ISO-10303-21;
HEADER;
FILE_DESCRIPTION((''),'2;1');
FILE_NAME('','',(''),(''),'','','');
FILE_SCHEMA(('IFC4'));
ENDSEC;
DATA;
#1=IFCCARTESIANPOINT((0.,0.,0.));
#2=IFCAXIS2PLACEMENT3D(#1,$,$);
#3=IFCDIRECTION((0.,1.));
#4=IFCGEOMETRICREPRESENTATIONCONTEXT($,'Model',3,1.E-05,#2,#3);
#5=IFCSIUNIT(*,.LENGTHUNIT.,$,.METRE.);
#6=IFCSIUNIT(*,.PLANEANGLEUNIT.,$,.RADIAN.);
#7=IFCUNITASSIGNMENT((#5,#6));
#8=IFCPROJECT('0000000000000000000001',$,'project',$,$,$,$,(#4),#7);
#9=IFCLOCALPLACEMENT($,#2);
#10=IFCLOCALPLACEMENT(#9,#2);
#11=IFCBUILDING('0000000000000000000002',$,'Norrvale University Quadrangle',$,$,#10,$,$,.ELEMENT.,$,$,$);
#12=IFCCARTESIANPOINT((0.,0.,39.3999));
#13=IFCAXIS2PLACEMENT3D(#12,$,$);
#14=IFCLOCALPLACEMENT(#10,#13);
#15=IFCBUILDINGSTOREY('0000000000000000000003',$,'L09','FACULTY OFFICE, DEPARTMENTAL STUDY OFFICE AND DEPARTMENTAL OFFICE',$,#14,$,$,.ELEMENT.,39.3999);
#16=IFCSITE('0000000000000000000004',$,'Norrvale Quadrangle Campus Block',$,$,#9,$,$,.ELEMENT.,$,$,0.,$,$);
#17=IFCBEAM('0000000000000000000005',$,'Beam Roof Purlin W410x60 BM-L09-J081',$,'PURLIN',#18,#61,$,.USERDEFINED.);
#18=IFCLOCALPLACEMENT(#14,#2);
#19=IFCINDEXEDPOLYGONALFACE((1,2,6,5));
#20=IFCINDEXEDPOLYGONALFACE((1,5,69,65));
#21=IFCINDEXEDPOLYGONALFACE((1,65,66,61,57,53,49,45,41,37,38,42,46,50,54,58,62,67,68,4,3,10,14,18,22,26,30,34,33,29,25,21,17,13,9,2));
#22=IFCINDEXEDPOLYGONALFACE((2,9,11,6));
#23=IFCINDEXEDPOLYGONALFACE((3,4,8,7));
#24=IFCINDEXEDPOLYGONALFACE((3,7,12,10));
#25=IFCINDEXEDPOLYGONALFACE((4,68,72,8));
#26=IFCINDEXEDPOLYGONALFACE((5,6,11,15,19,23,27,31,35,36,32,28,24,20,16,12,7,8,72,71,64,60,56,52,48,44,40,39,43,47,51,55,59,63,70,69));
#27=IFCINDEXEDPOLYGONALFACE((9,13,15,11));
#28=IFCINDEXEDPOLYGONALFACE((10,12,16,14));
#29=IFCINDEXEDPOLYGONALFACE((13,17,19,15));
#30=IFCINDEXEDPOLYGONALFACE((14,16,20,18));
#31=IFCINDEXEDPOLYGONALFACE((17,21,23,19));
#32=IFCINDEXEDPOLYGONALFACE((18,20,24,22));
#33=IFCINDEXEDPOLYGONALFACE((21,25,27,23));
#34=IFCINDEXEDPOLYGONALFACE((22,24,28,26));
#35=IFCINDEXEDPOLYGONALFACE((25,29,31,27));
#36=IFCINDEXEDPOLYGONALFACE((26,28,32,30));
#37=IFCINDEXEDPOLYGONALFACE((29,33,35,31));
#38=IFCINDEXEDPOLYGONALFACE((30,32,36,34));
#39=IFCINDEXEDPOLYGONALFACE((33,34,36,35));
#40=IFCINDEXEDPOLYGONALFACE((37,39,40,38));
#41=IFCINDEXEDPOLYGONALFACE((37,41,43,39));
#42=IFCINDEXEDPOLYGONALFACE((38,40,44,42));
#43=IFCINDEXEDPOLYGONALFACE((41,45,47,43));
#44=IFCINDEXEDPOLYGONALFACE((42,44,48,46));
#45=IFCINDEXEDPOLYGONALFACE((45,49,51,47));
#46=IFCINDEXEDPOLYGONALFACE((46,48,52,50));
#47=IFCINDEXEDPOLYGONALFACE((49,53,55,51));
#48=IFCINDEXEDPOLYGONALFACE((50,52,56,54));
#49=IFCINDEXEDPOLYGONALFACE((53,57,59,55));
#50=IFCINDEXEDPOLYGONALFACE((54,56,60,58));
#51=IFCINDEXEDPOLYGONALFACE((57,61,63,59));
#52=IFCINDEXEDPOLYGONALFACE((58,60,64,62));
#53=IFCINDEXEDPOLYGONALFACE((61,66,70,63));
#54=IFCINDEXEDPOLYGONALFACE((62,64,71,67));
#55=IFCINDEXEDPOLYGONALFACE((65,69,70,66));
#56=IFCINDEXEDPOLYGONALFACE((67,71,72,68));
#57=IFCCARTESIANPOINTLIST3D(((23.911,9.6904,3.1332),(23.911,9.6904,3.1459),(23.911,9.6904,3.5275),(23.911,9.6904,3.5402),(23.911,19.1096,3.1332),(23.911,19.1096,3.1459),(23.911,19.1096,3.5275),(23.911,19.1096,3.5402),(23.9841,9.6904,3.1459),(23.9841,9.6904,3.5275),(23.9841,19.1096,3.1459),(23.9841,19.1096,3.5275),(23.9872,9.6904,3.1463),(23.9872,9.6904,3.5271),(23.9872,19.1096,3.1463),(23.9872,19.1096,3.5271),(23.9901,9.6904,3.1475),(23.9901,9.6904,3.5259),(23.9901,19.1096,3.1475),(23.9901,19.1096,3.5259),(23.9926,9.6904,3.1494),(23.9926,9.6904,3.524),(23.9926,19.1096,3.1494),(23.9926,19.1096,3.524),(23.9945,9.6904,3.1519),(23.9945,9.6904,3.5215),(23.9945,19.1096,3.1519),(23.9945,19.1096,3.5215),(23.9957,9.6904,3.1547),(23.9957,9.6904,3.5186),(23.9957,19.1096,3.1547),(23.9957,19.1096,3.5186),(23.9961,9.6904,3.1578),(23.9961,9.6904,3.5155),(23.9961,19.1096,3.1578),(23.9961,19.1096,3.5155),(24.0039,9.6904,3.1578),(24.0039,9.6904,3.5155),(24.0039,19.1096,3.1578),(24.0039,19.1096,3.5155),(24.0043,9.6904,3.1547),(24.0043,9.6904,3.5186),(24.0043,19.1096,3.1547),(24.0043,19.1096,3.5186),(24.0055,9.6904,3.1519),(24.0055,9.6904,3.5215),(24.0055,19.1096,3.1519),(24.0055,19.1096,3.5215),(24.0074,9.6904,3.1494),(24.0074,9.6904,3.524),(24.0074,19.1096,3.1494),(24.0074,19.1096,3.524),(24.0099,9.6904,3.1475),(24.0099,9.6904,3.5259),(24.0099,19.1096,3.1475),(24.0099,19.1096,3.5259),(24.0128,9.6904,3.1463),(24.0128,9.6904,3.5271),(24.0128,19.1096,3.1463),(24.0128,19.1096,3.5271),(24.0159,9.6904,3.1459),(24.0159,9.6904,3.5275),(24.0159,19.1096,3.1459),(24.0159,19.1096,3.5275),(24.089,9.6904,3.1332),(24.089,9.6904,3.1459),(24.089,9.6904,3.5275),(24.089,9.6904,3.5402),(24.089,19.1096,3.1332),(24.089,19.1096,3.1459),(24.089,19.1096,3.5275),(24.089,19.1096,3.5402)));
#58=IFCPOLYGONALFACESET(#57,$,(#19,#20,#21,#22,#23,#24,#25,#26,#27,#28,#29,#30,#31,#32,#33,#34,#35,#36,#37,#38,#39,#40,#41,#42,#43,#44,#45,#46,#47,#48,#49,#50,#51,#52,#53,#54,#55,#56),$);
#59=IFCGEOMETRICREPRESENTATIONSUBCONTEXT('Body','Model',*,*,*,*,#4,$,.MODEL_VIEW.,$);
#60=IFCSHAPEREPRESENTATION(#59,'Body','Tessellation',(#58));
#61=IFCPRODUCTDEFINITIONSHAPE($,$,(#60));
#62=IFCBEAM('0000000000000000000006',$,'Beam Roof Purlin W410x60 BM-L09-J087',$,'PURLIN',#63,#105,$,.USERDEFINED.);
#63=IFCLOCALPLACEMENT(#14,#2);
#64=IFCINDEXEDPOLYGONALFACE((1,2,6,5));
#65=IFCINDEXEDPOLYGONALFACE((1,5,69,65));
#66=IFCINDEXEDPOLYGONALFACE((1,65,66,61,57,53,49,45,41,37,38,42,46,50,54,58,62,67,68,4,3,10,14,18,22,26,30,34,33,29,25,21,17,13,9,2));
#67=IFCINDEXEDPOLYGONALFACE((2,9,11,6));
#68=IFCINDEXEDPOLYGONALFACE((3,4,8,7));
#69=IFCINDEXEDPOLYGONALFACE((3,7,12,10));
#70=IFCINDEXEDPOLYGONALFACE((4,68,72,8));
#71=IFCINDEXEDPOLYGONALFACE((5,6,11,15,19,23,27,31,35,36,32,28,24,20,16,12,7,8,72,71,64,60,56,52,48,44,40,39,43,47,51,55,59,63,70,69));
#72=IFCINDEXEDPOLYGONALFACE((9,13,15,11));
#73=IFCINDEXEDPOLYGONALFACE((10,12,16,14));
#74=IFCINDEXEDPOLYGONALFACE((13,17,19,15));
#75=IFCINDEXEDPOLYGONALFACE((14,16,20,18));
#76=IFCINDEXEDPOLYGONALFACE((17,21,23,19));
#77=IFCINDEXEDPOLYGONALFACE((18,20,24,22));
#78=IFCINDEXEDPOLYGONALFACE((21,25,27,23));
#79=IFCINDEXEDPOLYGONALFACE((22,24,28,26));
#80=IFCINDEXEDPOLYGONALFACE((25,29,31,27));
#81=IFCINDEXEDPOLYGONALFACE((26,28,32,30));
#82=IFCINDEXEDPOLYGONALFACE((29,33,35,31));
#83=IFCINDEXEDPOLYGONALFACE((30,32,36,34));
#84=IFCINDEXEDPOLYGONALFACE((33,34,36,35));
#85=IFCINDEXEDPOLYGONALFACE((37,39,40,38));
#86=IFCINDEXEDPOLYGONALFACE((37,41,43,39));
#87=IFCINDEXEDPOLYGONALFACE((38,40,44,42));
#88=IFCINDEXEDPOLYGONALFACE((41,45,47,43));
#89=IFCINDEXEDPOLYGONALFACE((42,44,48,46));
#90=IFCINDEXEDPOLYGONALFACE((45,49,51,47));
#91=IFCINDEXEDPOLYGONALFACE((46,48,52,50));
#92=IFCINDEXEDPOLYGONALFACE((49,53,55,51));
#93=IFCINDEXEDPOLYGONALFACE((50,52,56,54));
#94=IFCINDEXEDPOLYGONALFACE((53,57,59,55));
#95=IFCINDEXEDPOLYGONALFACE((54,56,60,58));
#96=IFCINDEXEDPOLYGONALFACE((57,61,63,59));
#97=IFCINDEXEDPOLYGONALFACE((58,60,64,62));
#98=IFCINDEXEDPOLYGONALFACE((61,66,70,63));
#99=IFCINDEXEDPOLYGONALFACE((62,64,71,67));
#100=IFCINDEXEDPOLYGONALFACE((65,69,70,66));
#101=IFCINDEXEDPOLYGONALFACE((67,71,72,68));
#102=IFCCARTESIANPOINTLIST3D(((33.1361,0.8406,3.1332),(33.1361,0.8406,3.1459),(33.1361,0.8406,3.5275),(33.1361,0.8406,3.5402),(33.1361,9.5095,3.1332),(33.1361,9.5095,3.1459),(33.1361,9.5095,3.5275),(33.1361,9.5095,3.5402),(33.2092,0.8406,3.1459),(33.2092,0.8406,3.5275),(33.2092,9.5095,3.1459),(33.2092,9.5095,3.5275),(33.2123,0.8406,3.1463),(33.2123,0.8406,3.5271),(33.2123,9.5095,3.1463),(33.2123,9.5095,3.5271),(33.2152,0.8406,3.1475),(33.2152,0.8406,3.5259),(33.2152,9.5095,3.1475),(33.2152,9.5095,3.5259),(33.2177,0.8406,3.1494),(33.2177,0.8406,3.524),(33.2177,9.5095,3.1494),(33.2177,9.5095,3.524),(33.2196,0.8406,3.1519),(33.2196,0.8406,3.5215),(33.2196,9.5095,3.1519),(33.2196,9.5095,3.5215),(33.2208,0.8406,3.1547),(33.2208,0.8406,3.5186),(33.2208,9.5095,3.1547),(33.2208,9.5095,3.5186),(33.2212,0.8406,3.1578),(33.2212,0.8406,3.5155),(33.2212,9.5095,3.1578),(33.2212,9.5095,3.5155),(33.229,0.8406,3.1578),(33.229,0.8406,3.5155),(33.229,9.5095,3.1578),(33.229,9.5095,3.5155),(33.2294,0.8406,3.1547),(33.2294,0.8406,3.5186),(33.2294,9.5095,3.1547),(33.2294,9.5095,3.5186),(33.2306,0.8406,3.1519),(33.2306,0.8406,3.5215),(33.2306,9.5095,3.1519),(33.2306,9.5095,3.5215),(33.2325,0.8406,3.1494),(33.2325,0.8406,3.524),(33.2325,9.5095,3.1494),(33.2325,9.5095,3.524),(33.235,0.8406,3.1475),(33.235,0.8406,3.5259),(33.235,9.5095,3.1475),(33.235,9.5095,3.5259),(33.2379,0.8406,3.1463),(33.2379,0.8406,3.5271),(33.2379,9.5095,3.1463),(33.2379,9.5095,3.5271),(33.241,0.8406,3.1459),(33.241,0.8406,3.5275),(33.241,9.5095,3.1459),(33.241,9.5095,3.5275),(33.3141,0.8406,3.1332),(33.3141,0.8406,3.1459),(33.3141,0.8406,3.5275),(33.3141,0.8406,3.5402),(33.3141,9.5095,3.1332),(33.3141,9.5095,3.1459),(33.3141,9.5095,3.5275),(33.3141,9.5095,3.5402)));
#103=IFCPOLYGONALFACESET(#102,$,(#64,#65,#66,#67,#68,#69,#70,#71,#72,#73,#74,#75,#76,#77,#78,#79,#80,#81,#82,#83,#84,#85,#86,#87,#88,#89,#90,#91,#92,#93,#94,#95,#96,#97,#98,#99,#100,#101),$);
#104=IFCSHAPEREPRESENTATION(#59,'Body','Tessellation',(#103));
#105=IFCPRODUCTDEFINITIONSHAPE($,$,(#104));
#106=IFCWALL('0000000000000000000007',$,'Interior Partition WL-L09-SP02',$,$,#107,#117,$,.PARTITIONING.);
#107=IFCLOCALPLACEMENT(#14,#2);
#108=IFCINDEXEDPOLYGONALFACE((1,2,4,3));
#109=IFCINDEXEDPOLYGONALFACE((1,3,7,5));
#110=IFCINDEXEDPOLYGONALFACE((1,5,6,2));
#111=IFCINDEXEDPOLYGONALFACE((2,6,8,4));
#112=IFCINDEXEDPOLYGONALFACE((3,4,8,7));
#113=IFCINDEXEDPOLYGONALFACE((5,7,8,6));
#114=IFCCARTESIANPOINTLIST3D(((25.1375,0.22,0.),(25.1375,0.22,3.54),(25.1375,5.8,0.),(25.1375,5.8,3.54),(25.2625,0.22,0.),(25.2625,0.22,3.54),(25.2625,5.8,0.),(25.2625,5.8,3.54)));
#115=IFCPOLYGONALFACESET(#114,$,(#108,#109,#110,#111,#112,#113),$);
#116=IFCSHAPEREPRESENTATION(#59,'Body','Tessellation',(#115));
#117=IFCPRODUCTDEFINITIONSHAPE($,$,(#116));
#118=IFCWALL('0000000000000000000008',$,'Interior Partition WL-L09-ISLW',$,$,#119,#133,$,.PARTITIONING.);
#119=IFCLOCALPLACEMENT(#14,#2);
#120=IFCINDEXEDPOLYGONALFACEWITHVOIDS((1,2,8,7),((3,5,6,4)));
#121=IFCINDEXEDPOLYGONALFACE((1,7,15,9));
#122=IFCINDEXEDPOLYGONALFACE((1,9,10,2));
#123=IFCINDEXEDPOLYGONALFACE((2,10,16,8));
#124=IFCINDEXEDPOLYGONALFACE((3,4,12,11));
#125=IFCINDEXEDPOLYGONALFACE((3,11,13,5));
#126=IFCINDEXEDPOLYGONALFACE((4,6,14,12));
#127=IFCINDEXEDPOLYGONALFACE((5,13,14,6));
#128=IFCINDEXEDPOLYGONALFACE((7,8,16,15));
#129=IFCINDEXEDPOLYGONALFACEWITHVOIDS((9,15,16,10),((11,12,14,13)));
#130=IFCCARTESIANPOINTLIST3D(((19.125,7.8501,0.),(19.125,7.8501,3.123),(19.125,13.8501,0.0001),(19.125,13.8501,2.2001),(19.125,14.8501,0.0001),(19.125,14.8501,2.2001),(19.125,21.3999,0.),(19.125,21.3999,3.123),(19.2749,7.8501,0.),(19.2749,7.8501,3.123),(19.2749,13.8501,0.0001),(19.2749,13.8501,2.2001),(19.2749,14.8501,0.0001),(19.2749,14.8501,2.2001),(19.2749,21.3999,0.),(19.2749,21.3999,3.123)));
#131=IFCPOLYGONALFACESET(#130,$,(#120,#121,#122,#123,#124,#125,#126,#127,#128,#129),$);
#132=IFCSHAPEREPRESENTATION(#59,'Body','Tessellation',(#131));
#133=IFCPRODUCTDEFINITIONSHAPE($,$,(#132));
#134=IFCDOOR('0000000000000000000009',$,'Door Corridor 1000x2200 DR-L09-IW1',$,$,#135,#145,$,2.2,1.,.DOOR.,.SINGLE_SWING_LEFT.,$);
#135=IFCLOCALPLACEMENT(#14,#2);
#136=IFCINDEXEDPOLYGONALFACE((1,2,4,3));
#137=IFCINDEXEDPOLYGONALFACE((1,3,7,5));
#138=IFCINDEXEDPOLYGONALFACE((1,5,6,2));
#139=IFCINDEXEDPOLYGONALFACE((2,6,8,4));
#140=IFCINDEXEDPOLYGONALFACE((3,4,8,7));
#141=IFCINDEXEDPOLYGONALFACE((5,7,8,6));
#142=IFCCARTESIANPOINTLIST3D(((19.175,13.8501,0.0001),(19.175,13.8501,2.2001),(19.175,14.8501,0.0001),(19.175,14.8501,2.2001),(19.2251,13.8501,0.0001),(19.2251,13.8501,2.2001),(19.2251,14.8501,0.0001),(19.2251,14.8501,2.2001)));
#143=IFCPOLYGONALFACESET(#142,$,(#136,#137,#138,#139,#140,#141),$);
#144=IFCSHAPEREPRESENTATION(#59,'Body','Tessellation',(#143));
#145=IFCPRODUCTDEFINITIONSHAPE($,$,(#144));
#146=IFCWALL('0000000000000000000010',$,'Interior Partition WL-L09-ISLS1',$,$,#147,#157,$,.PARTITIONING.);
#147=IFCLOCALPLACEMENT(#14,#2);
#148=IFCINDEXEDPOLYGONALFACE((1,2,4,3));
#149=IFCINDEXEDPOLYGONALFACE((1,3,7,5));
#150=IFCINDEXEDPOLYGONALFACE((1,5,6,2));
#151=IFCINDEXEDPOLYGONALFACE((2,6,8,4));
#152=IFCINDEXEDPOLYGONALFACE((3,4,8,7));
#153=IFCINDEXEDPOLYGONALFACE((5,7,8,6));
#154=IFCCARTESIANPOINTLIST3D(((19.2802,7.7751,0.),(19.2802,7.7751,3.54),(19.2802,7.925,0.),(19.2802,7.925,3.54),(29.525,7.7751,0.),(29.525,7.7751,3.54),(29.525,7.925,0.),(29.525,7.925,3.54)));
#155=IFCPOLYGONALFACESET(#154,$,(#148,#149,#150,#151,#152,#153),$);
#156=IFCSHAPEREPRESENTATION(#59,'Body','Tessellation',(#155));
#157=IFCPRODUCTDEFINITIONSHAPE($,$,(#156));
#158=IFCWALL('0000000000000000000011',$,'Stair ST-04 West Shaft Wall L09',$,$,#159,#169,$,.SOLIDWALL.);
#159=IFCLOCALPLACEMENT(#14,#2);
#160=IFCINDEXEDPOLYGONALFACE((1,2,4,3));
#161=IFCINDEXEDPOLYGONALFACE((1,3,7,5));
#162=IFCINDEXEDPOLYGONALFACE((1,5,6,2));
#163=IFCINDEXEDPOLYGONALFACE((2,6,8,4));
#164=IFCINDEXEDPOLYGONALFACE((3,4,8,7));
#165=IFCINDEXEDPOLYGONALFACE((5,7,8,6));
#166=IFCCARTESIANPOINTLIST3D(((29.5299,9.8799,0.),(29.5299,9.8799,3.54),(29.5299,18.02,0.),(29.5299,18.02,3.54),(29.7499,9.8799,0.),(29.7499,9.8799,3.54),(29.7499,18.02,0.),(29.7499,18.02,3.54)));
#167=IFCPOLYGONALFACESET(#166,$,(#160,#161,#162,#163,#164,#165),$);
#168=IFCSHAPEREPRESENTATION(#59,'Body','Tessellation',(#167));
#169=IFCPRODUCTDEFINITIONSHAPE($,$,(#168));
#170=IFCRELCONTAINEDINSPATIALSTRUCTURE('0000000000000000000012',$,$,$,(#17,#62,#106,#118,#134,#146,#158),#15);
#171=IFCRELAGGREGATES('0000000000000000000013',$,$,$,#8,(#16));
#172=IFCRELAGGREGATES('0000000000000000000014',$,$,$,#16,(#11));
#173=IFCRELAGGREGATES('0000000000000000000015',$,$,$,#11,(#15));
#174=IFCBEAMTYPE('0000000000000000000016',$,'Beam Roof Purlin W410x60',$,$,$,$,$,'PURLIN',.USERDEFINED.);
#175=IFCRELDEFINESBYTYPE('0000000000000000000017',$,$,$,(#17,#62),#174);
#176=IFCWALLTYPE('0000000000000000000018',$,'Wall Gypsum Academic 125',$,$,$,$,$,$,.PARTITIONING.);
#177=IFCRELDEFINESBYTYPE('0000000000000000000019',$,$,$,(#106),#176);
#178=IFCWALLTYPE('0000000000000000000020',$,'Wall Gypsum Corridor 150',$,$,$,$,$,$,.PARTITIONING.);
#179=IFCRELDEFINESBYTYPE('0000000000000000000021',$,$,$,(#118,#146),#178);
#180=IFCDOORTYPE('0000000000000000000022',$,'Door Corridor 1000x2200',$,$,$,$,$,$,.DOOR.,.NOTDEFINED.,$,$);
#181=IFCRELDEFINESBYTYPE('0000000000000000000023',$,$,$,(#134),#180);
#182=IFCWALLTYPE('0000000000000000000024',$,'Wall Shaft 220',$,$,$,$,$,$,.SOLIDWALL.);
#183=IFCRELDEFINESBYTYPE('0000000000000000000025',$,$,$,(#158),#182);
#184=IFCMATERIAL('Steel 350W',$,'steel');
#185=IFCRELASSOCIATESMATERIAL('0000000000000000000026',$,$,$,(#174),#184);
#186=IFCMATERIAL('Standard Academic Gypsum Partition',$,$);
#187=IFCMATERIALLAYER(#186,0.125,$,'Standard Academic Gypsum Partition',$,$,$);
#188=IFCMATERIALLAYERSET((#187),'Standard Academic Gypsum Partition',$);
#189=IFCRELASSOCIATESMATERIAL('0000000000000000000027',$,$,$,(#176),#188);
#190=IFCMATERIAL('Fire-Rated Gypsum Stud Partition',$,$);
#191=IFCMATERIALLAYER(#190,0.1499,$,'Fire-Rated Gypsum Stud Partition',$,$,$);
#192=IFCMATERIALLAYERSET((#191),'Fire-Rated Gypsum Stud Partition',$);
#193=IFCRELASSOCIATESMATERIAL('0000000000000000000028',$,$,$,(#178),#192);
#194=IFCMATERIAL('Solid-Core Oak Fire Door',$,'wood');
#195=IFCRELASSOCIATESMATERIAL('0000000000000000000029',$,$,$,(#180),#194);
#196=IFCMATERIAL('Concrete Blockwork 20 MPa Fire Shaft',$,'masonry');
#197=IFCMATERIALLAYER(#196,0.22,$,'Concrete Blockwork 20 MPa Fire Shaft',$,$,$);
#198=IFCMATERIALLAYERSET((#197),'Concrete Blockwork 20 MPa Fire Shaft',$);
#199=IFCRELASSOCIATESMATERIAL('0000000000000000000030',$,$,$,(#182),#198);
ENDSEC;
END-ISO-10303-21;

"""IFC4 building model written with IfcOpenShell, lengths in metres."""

from ifc_helpers import new_model, si_unit, direction, frame, frame_2d, origin, origin_2d, place, context, subcontext, project, spatial, rectangle, i_section, extrude, material, layer, layer_set, material_profile, profile_set, type_object, element, fill, save


model = new_model("IFC4")

# Units and contexts
model_context = context("Model", 3, precision=1e-05, world=origin(), true_north=direction((0.0, 1.0)))
body_context = subcontext(model_context, "Body", "Model", "MODEL_VIEW")
ifc_project = project(units=[si_unit("LENGTHUNIT", "METRE"), si_unit("PLANEANGLEUNIT", "RADIAN")], contexts=[model_context])

# Site, building, storey
site_placement = place(None, origin())
site = spatial("IfcSite", under=ifc_project, at=site_placement, Name="Norrvale Quadrangle Campus Block", CompositionType="ELEMENT", RefElevation=0.0)
building_placement = place(site_placement, origin())
building = spatial("IfcBuilding", under=site, at=building_placement, Name="Norrvale University Quadrangle", CompositionType="ELEMENT")
storey_placement = place(building_placement, frame((0.0, 0.0, 39.3999)))
storey = spatial("IfcBuildingStorey", under=building, at=storey_placement, Name="L09", Description="FACULTY OFFICE, DEPARTMENTAL STUDY OFFICE AND DEPARTMENTAL OFFICE", CompositionType="ELEMENT", Elevation=39.3999)

# Beams
ifc_material_1 = material(Name="Steel 350W", Category="steel")
ifc_material_profile_1 = material_profile(ifc_material_1, i_section(OverallWidth=0.178, OverallDepth=0.407, WebThickness=0.0078, FlangeThickness=0.0127, FilletRadius=0.012, at=origin_2d()), Name="Steel 350W")
ifc_profile_set_1 = profile_set([ifc_material_profile_1], Name="Steel 350W")
beam_type_1 = type_object("IfcBeamType", Name="Beam Roof Purlin W410x60", ElementType="PURLIN", PredefinedType="USERDEFINED", material=ifc_profile_set_1)
beam_1_placement = place(storey_placement, frame((24.0, 9.6904, 3.3367), z_axis=(0.0, 1.0, 0.0), x_axis=(-1.0, 0.0, 0.0)))
element("IfcBeam", 1, at=beam_1_placement, inside=storey, type_object=beam_type_1, Name="Beam Roof Purlin W410x60 BM-L09-J081", ObjectType="PURLIN", PredefinedType="USERDEFINED", context=body_context, shape_type="SweptSolid", body=[
    extrude(i_section(OverallWidth=0.178, OverallDepth=0.407, WebThickness=0.0078, FlangeThickness=0.0127, FilletRadius=0.012, at=origin_2d()), origin(), (0.0, 0.0, 1.0), 9.4192),
])
beam_2_placement = place(storey_placement, frame((33.2251, 0.8406, 3.3367), z_axis=(0.0, 1.0, 0.0), x_axis=(-1.0, 0.0, 0.0)))
element("IfcBeam", 2, at=beam_2_placement, inside=storey, type_object=beam_type_1, Name="Beam Roof Purlin W410x60 BM-L09-J087", ObjectType="PURLIN", PredefinedType="USERDEFINED", context=body_context, shape_type="SweptSolid", body=[
    extrude(i_section(OverallWidth=0.178, OverallDepth=0.407, WebThickness=0.0078, FlangeThickness=0.0127, FilletRadius=0.012, at=origin_2d()), origin(), (0.0, 0.0, 1.0), 8.6689),
])

# Wall
ifc_material_2 = material(Name="Standard Academic Gypsum Partition")
ifc_layer_1 = layer(ifc_material_2, 0.125, Name="Standard Academic Gypsum Partition")
ifc_layer_set_1 = layer_set([ifc_layer_1], Name="Standard Academic Gypsum Partition")
wall_type_1 = type_object("IfcWallType", Name="Wall Gypsum Academic 125", PredefinedType="PARTITIONING", material=ifc_layer_set_1)
wall_1_placement = place(storey_placement, frame((25.2, 0.22, 0.0), z_axis=(0.0, 0.0, 1.0), x_axis=(0.0, 1.0, 0.0)))
element("IfcWall", 3, at=wall_1_placement, inside=storey, type_object=wall_type_1, Name="Interior Partition WL-L09-SP02", PredefinedType="PARTITIONING", context=body_context, shape_type="SweptSolid", body=[
    extrude(rectangle(XDim=5.5801, YDim=0.125, at=frame_2d((2.79, 0.0))), origin(), (0.0, 0.0, 1.0), 3.54),
])

# Wall, opening, door
ifc_material_3 = material(Name="Fire-Rated Gypsum Stud Partition")
ifc_layer_2 = layer(ifc_material_3, 0.1499, Name="Fire-Rated Gypsum Stud Partition")
ifc_layer_set_2 = layer_set([ifc_layer_2], Name="Fire-Rated Gypsum Stud Partition")
wall_type_2 = type_object("IfcWallType", Name="Wall Gypsum Corridor 150", PredefinedType="PARTITIONING", material=ifc_layer_set_2)
wall_2_placement = place(storey_placement, frame((19.2, 7.8501, 0.0), z_axis=(0.0, 0.0, 1.0), x_axis=(0.0, 1.0, 0.0)))
wall_2 = element("IfcWall", 4, at=wall_2_placement, inside=storey, type_object=wall_type_2, Name="Interior Partition WL-L09-ISLW", PredefinedType="PARTITIONING", context=body_context, shape_type="SweptSolid", body=[
    extrude(rectangle(XDim=13.5498, YDim=0.1499, at=frame_2d((6.7749, 0.0))), origin(), (0.0, 0.0, 1.0), 3.123),
])
opening_placement = place(wall_2_placement, frame((6.0, 0.0, 0.0)))
opening = element("IfcOpeningElement", 5, at=opening_placement, cuts=wall_2, PredefinedType="OPENING", context=body_context, shape_type="SweptSolid", body=[
    extrude(rectangle(XDim=1.0, YDim=2.2, at=frame_2d((0.5, 1.1001))), frame((0.0, 0.0869, 0.0), z_axis=(0.0, -1.0, 0.0), x_axis=(1.0, 0.0, 0.0)), (0.0, 0.0, 1.0), 0.1738),
])
ifc_material_4 = material(Name="Solid-Core Oak Fire Door", Category="wood")
door_type = type_object("IfcDoorType", Name="Door Corridor 1000x2200", OperationType="NOTDEFINED", PredefinedType="DOOR", material=ifc_material_4)
door_placement = place(opening_placement, origin())
door = element("IfcDoor", 6, at=door_placement, inside=storey, type_object=door_type, Name="Door Corridor 1000x2200 DR-L09-IW1", OperationType="SINGLE_SWING_LEFT", OverallHeight=2.2, OverallWidth=1.0, PredefinedType="DOOR", context=body_context, shape_type="SweptSolid", body=[
    extrude(rectangle(XDim=1.0, YDim=2.2, at=frame_2d((0.5, 1.1001))), frame((0.0, 0.0249, 0.0), z_axis=(0.0, -1.0, 0.0), x_axis=(1.0, 0.0, 0.0)), (0.0, 0.0, 1.0), 0.05),
])
fill(opening, door)

# Walls
wall_3_placement = place(storey_placement, frame((19.28, 7.8501, 0.0), z_axis=(0.0, 0.0, 1.0), x_axis=(1.0, 0.0, 0.0)))
element("IfcWall", 7, at=wall_3_placement, inside=storey, type_object=wall_type_2, Name="Interior Partition WL-L09-ISLS1", PredefinedType="PARTITIONING", context=body_context, shape_type="SweptSolid", body=[
    extrude(rectangle(XDim=10.2449, YDim=0.1499, at=frame_2d((5.1226, 0.0))), origin(), (0.0, 0.0, 1.0), 3.54),
])
ifc_material_5 = material(Name="Concrete Blockwork 20 MPa Fire Shaft", Category="masonry")
ifc_layer_3 = layer(ifc_material_5, 0.22, Name="Concrete Blockwork 20 MPa Fire Shaft")
ifc_layer_set_3 = layer_set([ifc_layer_3], Name="Concrete Blockwork 20 MPa Fire Shaft")
wall_type_3 = type_object("IfcWallType", Name="Wall Shaft 220", PredefinedType="SOLIDWALL", material=ifc_layer_set_3)
wall_4_placement = place(storey_placement, frame((29.6399, 9.8799, 0.0), z_axis=(0.0, 0.0, 1.0), x_axis=(0.0, 1.0, 0.0)))
element("IfcWall", 8, at=wall_4_placement, inside=storey, type_object=wall_type_3, Name="Stair ST-04 West Shaft Wall L09", PredefinedType="SOLIDWALL", context=body_context, shape_type="SweptSolid", body=[
    extrude(rectangle(XDim=8.1401, YDim=0.22, at=frame_2d((4.0701, 0.0))), origin(), (0.0, 0.0, 1.0), 3.54),
])

save(model, "model.ifc")
